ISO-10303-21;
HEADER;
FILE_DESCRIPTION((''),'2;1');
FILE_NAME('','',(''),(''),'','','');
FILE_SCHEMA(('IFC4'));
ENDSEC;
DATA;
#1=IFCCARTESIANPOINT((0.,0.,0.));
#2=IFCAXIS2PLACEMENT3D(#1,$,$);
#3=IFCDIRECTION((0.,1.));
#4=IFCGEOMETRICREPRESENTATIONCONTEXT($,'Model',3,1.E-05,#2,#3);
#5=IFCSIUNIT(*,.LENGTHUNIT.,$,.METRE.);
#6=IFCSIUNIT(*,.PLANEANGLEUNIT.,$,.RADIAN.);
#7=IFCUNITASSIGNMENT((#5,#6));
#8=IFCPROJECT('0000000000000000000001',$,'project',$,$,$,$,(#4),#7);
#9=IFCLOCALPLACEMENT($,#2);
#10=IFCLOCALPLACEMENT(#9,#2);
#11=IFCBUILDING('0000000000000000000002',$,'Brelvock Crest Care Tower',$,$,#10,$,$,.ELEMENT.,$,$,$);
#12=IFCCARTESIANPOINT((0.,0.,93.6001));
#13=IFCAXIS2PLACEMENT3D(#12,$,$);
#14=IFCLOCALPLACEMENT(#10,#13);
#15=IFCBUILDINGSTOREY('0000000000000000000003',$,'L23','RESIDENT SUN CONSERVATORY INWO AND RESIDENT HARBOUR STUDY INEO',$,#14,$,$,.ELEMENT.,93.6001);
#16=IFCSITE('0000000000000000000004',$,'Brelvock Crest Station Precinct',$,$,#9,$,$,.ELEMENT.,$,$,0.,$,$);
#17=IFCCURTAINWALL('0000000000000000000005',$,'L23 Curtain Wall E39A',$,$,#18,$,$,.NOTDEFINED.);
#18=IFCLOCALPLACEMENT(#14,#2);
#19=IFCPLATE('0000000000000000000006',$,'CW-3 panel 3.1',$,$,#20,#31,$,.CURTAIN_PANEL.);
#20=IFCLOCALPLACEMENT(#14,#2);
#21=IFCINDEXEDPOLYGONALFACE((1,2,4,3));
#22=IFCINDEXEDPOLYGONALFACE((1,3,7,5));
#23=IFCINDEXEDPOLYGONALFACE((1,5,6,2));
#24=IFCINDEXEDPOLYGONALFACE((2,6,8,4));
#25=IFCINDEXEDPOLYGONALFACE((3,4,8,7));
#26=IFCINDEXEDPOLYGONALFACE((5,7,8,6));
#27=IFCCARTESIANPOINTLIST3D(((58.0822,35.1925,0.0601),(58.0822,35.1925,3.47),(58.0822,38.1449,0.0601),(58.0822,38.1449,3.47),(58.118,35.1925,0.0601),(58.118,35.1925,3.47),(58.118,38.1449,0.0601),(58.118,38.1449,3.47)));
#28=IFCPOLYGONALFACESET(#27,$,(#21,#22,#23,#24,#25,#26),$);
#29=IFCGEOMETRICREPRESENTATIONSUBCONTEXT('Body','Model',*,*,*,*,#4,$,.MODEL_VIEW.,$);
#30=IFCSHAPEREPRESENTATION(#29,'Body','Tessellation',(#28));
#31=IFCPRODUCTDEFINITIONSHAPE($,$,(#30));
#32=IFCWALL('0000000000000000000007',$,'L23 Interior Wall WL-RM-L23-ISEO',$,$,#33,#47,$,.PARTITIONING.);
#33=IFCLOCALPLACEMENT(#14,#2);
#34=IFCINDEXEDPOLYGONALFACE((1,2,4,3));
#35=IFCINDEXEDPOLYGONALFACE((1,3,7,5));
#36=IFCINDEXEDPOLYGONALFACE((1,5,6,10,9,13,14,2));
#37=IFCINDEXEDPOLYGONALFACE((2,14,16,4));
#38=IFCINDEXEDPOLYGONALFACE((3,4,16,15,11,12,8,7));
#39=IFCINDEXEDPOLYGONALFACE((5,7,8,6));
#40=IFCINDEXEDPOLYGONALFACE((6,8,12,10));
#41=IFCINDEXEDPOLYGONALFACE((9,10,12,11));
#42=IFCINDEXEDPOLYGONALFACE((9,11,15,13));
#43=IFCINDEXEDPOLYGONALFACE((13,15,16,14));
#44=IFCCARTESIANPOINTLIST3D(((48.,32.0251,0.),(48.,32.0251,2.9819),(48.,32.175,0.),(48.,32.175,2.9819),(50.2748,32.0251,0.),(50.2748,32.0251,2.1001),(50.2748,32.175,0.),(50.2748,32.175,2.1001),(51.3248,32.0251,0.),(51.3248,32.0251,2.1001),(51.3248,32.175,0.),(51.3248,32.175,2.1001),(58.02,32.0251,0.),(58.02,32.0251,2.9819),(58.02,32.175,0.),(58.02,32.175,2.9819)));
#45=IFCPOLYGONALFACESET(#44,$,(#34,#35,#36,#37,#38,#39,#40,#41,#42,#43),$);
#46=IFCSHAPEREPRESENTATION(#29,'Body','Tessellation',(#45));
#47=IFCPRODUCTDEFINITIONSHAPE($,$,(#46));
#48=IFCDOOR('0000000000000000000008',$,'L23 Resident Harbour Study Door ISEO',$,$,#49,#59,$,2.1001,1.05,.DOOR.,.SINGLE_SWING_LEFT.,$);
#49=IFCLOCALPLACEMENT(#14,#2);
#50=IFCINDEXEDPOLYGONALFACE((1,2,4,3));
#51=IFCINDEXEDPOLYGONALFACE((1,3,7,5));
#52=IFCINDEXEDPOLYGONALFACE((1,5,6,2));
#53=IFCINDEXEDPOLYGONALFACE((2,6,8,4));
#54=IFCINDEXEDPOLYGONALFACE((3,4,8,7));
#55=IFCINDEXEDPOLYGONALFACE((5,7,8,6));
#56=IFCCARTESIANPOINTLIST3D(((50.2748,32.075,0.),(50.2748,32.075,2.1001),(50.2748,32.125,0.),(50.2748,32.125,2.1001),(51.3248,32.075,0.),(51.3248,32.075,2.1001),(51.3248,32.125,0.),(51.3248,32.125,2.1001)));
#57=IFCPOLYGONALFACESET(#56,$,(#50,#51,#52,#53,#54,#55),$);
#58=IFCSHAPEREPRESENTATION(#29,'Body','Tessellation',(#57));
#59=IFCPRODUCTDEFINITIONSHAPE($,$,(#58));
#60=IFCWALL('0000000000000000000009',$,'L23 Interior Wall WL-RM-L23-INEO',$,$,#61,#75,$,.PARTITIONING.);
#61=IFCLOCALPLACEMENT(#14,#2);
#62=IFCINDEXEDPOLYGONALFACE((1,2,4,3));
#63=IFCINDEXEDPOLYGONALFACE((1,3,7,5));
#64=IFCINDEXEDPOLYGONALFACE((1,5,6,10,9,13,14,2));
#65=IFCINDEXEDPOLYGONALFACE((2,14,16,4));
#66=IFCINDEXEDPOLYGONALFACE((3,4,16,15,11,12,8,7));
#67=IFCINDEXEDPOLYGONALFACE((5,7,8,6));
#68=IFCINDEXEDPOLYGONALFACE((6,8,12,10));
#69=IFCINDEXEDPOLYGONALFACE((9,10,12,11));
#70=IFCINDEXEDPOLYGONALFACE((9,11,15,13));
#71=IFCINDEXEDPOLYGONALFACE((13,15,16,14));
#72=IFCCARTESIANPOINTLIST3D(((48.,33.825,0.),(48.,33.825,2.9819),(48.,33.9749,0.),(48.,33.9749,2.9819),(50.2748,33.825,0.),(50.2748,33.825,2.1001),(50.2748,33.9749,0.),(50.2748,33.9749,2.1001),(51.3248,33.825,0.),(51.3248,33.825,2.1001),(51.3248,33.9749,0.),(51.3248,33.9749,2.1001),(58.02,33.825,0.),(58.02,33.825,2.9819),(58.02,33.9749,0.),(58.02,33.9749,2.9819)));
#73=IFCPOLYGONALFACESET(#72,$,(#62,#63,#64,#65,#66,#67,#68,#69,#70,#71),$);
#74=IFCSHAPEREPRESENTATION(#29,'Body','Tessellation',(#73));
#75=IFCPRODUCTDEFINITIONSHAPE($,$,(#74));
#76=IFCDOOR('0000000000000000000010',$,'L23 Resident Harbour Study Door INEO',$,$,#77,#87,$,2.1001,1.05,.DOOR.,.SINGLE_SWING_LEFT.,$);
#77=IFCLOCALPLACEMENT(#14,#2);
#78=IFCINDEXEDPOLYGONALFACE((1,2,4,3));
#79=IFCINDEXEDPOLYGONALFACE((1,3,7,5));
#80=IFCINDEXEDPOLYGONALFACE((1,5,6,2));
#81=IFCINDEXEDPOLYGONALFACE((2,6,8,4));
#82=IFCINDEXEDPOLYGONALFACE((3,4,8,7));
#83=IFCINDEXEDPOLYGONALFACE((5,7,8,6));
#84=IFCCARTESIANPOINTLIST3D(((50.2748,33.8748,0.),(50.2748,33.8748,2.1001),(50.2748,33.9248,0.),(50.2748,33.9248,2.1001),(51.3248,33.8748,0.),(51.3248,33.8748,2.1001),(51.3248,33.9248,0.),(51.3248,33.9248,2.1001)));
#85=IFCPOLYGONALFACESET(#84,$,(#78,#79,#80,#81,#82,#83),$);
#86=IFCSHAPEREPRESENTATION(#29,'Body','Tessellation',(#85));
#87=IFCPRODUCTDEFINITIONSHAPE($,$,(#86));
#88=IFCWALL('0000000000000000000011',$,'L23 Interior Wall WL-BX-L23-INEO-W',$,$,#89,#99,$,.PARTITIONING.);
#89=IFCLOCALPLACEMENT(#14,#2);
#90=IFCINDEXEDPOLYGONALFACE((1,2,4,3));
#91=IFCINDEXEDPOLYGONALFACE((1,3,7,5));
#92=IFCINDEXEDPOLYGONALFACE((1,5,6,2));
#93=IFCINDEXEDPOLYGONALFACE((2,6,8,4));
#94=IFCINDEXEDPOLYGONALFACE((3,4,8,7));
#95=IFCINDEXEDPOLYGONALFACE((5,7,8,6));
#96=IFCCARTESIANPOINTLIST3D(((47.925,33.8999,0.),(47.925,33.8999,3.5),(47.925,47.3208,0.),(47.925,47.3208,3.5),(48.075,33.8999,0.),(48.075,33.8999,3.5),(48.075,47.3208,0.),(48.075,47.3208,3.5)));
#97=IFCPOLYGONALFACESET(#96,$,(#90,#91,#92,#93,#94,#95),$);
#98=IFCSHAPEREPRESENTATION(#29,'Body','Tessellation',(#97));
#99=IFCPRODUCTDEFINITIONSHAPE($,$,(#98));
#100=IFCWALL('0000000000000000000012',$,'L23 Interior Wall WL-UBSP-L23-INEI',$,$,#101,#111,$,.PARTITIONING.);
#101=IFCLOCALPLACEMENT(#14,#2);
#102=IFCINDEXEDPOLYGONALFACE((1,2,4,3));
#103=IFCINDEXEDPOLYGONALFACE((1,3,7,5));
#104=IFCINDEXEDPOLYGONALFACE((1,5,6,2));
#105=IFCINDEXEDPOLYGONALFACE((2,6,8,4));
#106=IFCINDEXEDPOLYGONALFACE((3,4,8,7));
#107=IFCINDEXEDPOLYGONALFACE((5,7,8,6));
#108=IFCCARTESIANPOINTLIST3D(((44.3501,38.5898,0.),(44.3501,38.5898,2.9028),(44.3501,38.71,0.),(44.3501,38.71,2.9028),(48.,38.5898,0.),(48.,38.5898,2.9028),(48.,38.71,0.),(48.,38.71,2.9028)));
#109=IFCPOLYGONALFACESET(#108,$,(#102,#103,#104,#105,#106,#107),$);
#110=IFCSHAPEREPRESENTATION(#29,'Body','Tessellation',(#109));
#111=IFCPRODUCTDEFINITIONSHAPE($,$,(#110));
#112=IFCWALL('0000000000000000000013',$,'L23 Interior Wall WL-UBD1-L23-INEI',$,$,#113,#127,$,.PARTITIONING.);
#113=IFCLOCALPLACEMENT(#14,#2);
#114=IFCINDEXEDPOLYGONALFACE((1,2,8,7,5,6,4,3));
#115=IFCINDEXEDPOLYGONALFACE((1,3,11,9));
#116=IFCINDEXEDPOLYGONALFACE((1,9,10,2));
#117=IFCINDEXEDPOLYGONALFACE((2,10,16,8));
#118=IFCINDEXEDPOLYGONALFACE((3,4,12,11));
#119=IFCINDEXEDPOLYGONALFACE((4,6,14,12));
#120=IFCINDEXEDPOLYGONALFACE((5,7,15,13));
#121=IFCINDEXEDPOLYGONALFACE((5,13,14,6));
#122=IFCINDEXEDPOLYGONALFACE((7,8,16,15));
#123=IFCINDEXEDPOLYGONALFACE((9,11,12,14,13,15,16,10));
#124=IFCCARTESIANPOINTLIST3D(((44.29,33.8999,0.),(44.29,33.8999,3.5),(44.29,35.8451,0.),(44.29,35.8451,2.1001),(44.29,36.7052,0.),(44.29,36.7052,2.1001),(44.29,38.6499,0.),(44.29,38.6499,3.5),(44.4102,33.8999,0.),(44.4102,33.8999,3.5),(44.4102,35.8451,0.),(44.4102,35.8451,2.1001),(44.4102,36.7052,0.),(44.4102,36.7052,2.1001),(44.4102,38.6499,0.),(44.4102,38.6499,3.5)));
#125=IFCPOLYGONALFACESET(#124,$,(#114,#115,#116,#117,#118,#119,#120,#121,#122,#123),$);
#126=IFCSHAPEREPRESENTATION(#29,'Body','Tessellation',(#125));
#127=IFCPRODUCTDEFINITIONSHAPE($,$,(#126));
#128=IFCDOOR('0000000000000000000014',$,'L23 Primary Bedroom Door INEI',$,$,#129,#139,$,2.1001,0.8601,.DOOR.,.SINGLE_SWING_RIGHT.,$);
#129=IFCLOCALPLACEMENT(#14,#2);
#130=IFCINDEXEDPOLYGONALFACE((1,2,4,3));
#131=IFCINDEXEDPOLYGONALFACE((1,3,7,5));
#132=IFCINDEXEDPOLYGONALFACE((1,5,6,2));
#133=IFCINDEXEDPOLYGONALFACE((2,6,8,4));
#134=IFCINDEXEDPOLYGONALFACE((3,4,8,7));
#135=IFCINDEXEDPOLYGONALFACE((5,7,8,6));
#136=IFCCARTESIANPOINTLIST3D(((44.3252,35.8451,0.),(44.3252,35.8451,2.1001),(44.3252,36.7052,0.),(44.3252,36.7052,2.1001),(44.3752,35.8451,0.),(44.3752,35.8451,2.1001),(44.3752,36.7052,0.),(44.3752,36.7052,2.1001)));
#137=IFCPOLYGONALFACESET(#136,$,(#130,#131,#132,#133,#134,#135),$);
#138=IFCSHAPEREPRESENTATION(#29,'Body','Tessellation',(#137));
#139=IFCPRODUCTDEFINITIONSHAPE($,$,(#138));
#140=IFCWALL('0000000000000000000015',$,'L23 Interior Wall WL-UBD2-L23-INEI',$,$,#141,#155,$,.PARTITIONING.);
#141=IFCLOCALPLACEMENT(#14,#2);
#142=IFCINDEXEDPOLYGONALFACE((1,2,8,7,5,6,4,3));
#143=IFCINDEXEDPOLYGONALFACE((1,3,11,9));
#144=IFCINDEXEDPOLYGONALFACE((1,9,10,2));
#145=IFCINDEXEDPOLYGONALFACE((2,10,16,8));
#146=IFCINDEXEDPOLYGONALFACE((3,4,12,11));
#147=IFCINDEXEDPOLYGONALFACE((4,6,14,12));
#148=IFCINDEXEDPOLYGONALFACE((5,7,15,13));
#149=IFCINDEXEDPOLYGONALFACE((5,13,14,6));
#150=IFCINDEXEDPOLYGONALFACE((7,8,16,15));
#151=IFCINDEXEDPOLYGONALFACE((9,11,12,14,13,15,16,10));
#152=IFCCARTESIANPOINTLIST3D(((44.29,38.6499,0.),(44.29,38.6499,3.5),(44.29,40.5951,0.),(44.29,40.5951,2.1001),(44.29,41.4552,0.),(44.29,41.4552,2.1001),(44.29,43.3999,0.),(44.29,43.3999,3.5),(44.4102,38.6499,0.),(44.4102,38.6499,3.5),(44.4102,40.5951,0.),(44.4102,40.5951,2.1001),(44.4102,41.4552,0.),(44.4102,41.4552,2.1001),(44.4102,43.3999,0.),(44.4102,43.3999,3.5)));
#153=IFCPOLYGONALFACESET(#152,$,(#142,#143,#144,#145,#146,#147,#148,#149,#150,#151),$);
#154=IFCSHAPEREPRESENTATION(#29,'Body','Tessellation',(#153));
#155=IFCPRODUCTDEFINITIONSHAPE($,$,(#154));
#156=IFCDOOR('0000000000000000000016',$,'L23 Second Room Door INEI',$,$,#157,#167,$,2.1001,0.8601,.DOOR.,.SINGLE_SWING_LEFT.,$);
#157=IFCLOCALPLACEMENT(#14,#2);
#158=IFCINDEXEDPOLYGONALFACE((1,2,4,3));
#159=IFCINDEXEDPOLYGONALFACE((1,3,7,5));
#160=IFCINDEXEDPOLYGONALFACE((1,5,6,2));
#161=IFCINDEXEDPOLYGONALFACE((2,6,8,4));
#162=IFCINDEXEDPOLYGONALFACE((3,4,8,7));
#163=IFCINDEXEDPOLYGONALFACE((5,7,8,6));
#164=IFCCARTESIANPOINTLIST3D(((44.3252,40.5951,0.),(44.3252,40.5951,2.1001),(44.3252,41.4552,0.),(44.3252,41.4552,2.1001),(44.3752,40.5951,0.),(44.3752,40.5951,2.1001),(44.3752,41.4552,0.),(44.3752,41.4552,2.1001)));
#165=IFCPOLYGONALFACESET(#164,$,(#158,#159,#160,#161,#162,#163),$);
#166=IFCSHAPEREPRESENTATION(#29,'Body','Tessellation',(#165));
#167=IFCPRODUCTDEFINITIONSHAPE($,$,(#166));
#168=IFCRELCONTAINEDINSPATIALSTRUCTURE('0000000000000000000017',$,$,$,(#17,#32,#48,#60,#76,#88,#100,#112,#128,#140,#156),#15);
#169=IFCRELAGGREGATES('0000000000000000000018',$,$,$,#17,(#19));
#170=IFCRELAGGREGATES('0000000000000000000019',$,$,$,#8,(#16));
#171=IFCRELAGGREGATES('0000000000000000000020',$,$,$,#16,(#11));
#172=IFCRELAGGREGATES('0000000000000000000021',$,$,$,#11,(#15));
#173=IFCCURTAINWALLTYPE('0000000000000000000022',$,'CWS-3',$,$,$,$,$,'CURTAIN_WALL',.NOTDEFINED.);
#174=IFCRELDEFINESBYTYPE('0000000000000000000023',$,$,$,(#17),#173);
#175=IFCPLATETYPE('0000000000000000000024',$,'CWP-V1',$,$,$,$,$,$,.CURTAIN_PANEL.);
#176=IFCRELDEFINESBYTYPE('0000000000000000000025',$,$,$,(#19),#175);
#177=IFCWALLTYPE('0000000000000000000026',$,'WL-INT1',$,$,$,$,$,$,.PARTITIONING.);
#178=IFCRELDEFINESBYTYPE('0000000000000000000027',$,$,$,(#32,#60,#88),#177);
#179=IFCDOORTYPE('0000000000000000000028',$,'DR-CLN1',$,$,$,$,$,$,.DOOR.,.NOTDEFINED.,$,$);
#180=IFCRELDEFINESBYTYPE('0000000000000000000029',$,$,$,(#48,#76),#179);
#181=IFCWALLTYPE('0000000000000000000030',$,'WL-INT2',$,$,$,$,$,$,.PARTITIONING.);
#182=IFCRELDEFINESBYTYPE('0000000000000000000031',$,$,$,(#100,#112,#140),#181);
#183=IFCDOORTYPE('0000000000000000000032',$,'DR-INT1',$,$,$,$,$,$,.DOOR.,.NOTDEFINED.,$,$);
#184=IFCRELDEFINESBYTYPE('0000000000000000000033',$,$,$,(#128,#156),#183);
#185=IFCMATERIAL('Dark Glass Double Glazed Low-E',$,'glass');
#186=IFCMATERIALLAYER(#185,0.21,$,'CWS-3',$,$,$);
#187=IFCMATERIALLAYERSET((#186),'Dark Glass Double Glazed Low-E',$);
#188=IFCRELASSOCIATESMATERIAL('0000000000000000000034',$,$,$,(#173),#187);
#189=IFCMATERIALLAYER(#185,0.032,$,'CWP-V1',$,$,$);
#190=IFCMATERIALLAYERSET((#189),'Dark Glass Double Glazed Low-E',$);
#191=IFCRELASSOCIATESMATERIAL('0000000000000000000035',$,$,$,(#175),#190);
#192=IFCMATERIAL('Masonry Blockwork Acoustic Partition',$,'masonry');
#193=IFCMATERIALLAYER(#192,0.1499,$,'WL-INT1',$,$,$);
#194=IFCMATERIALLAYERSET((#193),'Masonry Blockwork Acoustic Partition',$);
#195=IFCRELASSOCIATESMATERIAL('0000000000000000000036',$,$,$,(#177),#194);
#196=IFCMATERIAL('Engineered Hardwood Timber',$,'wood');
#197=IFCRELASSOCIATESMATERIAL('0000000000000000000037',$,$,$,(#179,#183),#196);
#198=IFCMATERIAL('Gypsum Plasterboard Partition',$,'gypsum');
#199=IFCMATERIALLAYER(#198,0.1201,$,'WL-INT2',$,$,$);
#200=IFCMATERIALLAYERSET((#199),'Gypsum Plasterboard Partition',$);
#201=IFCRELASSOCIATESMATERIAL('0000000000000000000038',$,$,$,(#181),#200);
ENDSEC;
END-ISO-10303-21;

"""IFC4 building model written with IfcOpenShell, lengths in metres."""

from ifc_helpers import new_model, si_unit, direction, frame, frame_2d, origin, origin_2d, place, context, subcontext, project, spatial, rectangle, extrude, source, transform, mapped, material, layer, layer_set, type_object, element, fill, aggregate, save


model = new_model("IFC4")

# Units and contexts
model_context = context("Model", 3, precision=1e-05, world=origin(), true_north=direction((0.0, 1.0)))
body_context = subcontext(model_context, "Body", "Model", "MODEL_VIEW")
ifc_project = project(units=[si_unit("LENGTHUNIT", "METRE"), si_unit("PLANEANGLEUNIT", "RADIAN")], contexts=[model_context])

# Site, building, storey
site_placement = place(None, origin())
site = spatial("IfcSite", under=ifc_project, at=site_placement, Name="Brelvock Crest Station Precinct", CompositionType="ELEMENT", RefElevation=0.0)
building_placement = place(site_placement, origin())
building = spatial("IfcBuilding", under=site, at=building_placement, Name="Brelvock Crest Care Tower", CompositionType="ELEMENT")
storey_placement = place(building_placement, frame((0.0, 0.0, 93.6001)))
storey = spatial("IfcBuildingStorey", under=building, at=storey_placement, Name="L23", Description="RESIDENT SUN CONSERVATORY INWO AND RESIDENT HARBOUR STUDY INEO", CompositionType="ELEMENT", Elevation=93.6001)

# Curtain wall, plate
ifc_material_1 = material(Name="Dark Glass Double Glazed Low-E", Category="glass")
ifc_layer_1 = layer(ifc_material_1, 0.21, Name="CWS-3")
ifc_layer_set_1 = layer_set([ifc_layer_1], Name="Dark Glass Double Glazed Low-E")
curtain_wall_type = type_object("IfcCurtainWallType", Name="CWS-3", ElementType="CURTAIN_WALL", PredefinedType="NOTDEFINED", material=ifc_layer_set_1)
curtain_wall_placement = place(storey_placement, origin())
curtain_wall = element("IfcCurtainWall", 1, at=curtain_wall_placement, inside=storey, type_object=curtain_wall_type, Name="L23 Curtain Wall E39A", PredefinedType="NOTDEFINED")
ifc_layer_2 = layer(ifc_material_1, 0.032, Name="CWP-V1")
ifc_layer_set_2 = layer_set([ifc_layer_2], Name="Dark Glass Double Glazed Low-E")
plate_type = type_object("IfcPlateType", Name="CWP-V1", PredefinedType="CURTAIN_PANEL", material=ifc_layer_set_2)
shared_shape_1 = source(origin(), body_context, "Body", "SweptSolid", [
    extrude(rectangle(XDim=2.9524, YDim=0.0359, at=origin_2d()), origin(), (0.0, 0.0, 1.0), 3.4099),
])
plate_1_placement = place(storey_placement, frame((58.1001, 36.6687, 0.0601), z_axis=(0.0, 0.0, 1.0), x_axis=(0.0, -1.0, 0.0)))
plate_1 = element("IfcPlate", 2, at=plate_1_placement, type_object=plate_type, Name="CW-3 panel 3.1", PredefinedType="CURTAIN_PANEL", context=body_context, shape_type="MappedRepresentation", body=[
    mapped(shared_shape_1, transform((0.0, 0.0, 0.0), x_axis=(1.0, 0.0, 0.0), y_axis=(0.0, 1.0, 0.0), z_axis=(0.0, 0.0, 1.0), scale=1.0)),
])
aggregate(curtain_wall, [plate_1])

# Walls, openings, doors
ifc_material_2 = material(Name="Masonry Blockwork Acoustic Partition", Category="masonry")
ifc_layer_3 = layer(ifc_material_2, 0.1499, Name="WL-INT1")
ifc_layer_set_3 = layer_set([ifc_layer_3], Name="Masonry Blockwork Acoustic Partition")
wall_type_1 = type_object("IfcWallType", Name="WL-INT1", PredefinedType="PARTITIONING", material=ifc_layer_set_3)
wall_1_placement = place(storey_placement, frame((48.0, 32.1001, 0.0), z_axis=(0.0, 0.0, 1.0), x_axis=(1.0, 0.0, 0.0)))
wall_1 = element("IfcWall", 3, at=wall_1_placement, inside=storey, type_object=wall_type_1, Name="L23 Interior Wall WL-RM-L23-ISEO", PredefinedType="PARTITIONING", context=body_context, shape_type="SweptSolid", body=[
    extrude(rectangle(XDim=10.02, YDim=0.1499, at=frame_2d((5.01, 0.0))), origin(), (0.0, 0.0, 1.0), 2.9819),
])
opening_1_placement = place(wall_1_placement, frame((2.2749, 0.0, 0.0)))
opening_1 = element("IfcOpeningElement", 4, at=opening_1_placement, cuts=wall_1, PredefinedType="OPENING", context=body_context, shape_type="SweptSolid", body=[
    extrude(rectangle(XDim=1.05, YDim=2.1001, at=origin_2d()), frame((0.5249, 0.085, 1.05), z_axis=(0.0, -1.0, 0.0), x_axis=(1.0, 0.0, 0.0)), (0.0, 0.0, 1.0), 0.1699),
])
ifc_material_3 = material(Name="Engineered Hardwood Timber", Category="wood")
door_type_1 = type_object("IfcDoorType", Name="DR-CLN1", OperationType="NOTDEFINED", PredefinedType="DOOR", material=ifc_material_3)
shared_shape_2 = source(origin(), body_context, "Body", "SweptSolid", [
    extrude(rectangle(XDim=1.05, YDim=2.1001, at=origin_2d()), frame((0.5249, 0.0249, 1.05), z_axis=(0.0, -1.0, 0.0), x_axis=(1.0, 0.0, 0.0)), (0.0, 0.0, 1.0), 0.05),
])
door_1_placement = place(opening_1_placement, origin())
door_1 = element("IfcDoor", 5, at=door_1_placement, inside=storey, type_object=door_type_1, Name="L23 Resident Harbour Study Door ISEO", OperationType="SINGLE_SWING_LEFT", OverallHeight=2.1001, OverallWidth=1.05, PredefinedType="DOOR", context=body_context, shape_type="MappedRepresentation", body=[
    mapped(shared_shape_2, transform((0.0, 0.0, 0.0), x_axis=(1.0, 0.0, 0.0), y_axis=(0.0, 1.0, 0.0), z_axis=(0.0, 0.0, 1.0), scale=1.0)),
])
fill(opening_1, door_1)
wall_2_placement = place(storey_placement, frame((48.0, 33.8999, 0.0), z_axis=(0.0, 0.0, 1.0), x_axis=(1.0, 0.0, 0.0)))
wall_2 = element("IfcWall", 6, at=wall_2_placement, inside=storey, type_object=wall_type_1, Name="L23 Interior Wall WL-RM-L23-INEO", PredefinedType="PARTITIONING", context=body_context, shape_type="SweptSolid", body=[
    extrude(rectangle(XDim=10.02, YDim=0.1499, at=frame_2d((5.01, 0.0))), origin(), (0.0, 0.0, 1.0), 2.9819),
])
opening_2_placement = place(wall_2_placement, frame((2.2749, 0.0, 0.0)))
opening_2 = element("IfcOpeningElement", 7, at=opening_2_placement, cuts=wall_2, PredefinedType="OPENING", context=body_context, shape_type="SweptSolid", body=[
    extrude(rectangle(XDim=1.05, YDim=2.1001, at=origin_2d()), frame((0.5249, 0.085, 1.05), z_axis=(0.0, -1.0, 0.0), x_axis=(1.0, 0.0, 0.0)), (0.0, 0.0, 1.0), 0.1699),
])
door_2_placement = place(opening_2_placement, origin())
door_2 = element("IfcDoor", 8, at=door_2_placement, inside=storey, type_object=door_type_1, Name="L23 Resident Harbour Study Door INEO", OperationType="SINGLE_SWING_LEFT", OverallHeight=2.1001, OverallWidth=1.05, PredefinedType="DOOR", context=body_context, shape_type="MappedRepresentation", body=[
    mapped(shared_shape_2, transform((0.0, 0.0, 0.0), x_axis=(1.0, 0.0, 0.0), y_axis=(0.0, 1.0, 0.0), z_axis=(0.0, 0.0, 1.0), scale=1.0)),
])
fill(opening_2, door_2)

# Walls
wall_3_placement = place(storey_placement, frame((48.0, 33.8999, 0.0), z_axis=(0.0, 0.0, 1.0), x_axis=(0.0, 1.0, 0.0)))
element("IfcWall", 9, at=wall_3_placement, inside=storey, type_object=wall_type_1, Name="L23 Interior Wall WL-BX-L23-INEO-W", PredefinedType="PARTITIONING", context=body_context, shape_type="SweptSolid", body=[
    extrude(rectangle(XDim=13.4209, YDim=0.1499, at=frame_2d((6.7104, 0.0))), origin(), (0.0, 0.0, 1.0), 3.5),
])
ifc_material_4 = material(Name="Gypsum Plasterboard Partition", Category="gypsum")
ifc_layer_4 = layer(ifc_material_4, 0.1201, Name="WL-INT2")
ifc_layer_set_4 = layer_set([ifc_layer_4], Name="Gypsum Plasterboard Partition")
wall_type_2 = type_object("IfcWallType", Name="WL-INT2", PredefinedType="PARTITIONING", material=ifc_layer_set_4)
wall_4_placement = place(storey_placement, frame((44.3501, 38.6499, 0.0), z_axis=(0.0, 0.0, 1.0), x_axis=(1.0, 0.0, 0.0)))
element("IfcWall", 10, at=wall_4_placement, inside=storey, type_object=wall_type_2, Name="L23 Interior Wall WL-UBSP-L23-INEI", PredefinedType="PARTITIONING", context=body_context, shape_type="SweptSolid", body=[
    extrude(rectangle(XDim=3.6499, YDim=0.1201, at=frame_2d((1.825, 0.0))), origin(), (0.0, 0.0, 1.0), 2.9028),
])

# Walls, openings, doors
wall_5_placement = place(storey_placement, frame((44.3501, 33.8999, 0.0), z_axis=(0.0, 0.0, 1.0), x_axis=(0.0, 1.0, 0.0)))
wall_5 = element("IfcWall", 11, at=wall_5_placement, inside=storey, type_object=wall_type_2, Name="L23 Interior Wall WL-UBD1-L23-INEI", PredefinedType="PARTITIONING", context=body_context, shape_type="SweptSolid", body=[
    extrude(rectangle(XDim=4.75, YDim=0.1201, at=frame_2d((2.375, 0.0))), origin(), (0.0, 0.0, 1.0), 3.5),
])
opening_3_placement = place(wall_5_placement, frame((1.9451, 0.0, 0.0)))
opening_3 = element("IfcOpeningElement", 12, at=opening_3_placement, cuts=wall_5, PredefinedType="OPENING", context=body_context, shape_type="SweptSolid", body=[
    extrude(rectangle(XDim=0.8601, YDim=2.1001, at=origin_2d()), frame((0.4302, 0.0701, 1.05), z_axis=(0.0, -1.0, 0.0), x_axis=(1.0, 0.0, 0.0)), (0.0, 0.0, 1.0), 0.1401),
])
door_type_2 = type_object("IfcDoorType", Name="DR-INT1", OperationType="NOTDEFINED", PredefinedType="DOOR", material=ifc_material_3)
shared_shape_3 = source(origin(), body_context, "Body", "SweptSolid", [
    extrude(rectangle(XDim=0.8601, YDim=2.1001, at=origin_2d()), frame((0.4302, 0.0249, 1.05), z_axis=(0.0, -1.0, 0.0), x_axis=(1.0, 0.0, 0.0)), (0.0, 0.0, 1.0), 0.05),
])
door_3_placement = place(opening_3_placement, origin())
door_3 = element("IfcDoor", 13, at=door_3_placement, inside=storey, type_object=door_type_2, Name="L23 Primary Bedroom Door INEI", OperationType="SINGLE_SWING_RIGHT", OverallHeight=2.1001, OverallWidth=0.8601, PredefinedType="DOOR", context=body_context, shape_type="MappedRepresentation", body=[
    mapped(shared_shape_3, transform((0.0, 0.0, 0.0), x_axis=(1.0, 0.0, 0.0), y_axis=(0.0, 1.0, 0.0), z_axis=(0.0, 0.0, 1.0), scale=1.0)),
])
fill(opening_3, door_3)
wall_6_placement = place(storey_placement, frame((44.3501, 38.6499, 0.0), z_axis=(0.0, 0.0, 1.0), x_axis=(0.0, 1.0, 0.0)))
wall_6 = element("IfcWall", 14, at=wall_6_placement, inside=storey, type_object=wall_type_2, Name="L23 Interior Wall WL-UBD2-L23-INEI", PredefinedType="PARTITIONING", context=body_context, shape_type="SweptSolid", body=[
    extrude(rectangle(XDim=4.75, YDim=0.1201, at=frame_2d((2.375, 0.0))), origin(), (0.0, 0.0, 1.0), 3.5),
])
opening_4_placement = place(wall_6_placement, frame((1.9451, 0.0, 0.0)))
opening_4 = element("IfcOpeningElement", 15, at=opening_4_placement, cuts=wall_6, PredefinedType="OPENING", context=body_context, shape_type="SweptSolid", body=[
    extrude(rectangle(XDim=0.8601, YDim=2.1001, at=origin_2d()), frame((0.4302, 0.0701, 1.05), z_axis=(0.0, -1.0, 0.0), x_axis=(1.0, 0.0, 0.0)), (0.0, 0.0, 1.0), 0.1401),
])
door_4_placement = place(opening_4_placement, origin())
door_4 = element("IfcDoor", 16, at=door_4_placement, inside=storey, type_object=door_type_2, Name="L23 Second Room Door INEI", OperationType="SINGLE_SWING_LEFT", OverallHeight=2.1001, OverallWidth=0.8601, PredefinedType="DOOR", context=body_context, shape_type="MappedRepresentation", body=[
    mapped(shared_shape_3, transform((0.0, 0.0, 0.0), x_axis=(1.0, 0.0, 0.0), y_axis=(0.0, 1.0, 0.0), z_axis=(0.0, 0.0, 1.0), scale=1.0)),
])
fill(opening_4, door_4)

save(model, "model.ifc")
